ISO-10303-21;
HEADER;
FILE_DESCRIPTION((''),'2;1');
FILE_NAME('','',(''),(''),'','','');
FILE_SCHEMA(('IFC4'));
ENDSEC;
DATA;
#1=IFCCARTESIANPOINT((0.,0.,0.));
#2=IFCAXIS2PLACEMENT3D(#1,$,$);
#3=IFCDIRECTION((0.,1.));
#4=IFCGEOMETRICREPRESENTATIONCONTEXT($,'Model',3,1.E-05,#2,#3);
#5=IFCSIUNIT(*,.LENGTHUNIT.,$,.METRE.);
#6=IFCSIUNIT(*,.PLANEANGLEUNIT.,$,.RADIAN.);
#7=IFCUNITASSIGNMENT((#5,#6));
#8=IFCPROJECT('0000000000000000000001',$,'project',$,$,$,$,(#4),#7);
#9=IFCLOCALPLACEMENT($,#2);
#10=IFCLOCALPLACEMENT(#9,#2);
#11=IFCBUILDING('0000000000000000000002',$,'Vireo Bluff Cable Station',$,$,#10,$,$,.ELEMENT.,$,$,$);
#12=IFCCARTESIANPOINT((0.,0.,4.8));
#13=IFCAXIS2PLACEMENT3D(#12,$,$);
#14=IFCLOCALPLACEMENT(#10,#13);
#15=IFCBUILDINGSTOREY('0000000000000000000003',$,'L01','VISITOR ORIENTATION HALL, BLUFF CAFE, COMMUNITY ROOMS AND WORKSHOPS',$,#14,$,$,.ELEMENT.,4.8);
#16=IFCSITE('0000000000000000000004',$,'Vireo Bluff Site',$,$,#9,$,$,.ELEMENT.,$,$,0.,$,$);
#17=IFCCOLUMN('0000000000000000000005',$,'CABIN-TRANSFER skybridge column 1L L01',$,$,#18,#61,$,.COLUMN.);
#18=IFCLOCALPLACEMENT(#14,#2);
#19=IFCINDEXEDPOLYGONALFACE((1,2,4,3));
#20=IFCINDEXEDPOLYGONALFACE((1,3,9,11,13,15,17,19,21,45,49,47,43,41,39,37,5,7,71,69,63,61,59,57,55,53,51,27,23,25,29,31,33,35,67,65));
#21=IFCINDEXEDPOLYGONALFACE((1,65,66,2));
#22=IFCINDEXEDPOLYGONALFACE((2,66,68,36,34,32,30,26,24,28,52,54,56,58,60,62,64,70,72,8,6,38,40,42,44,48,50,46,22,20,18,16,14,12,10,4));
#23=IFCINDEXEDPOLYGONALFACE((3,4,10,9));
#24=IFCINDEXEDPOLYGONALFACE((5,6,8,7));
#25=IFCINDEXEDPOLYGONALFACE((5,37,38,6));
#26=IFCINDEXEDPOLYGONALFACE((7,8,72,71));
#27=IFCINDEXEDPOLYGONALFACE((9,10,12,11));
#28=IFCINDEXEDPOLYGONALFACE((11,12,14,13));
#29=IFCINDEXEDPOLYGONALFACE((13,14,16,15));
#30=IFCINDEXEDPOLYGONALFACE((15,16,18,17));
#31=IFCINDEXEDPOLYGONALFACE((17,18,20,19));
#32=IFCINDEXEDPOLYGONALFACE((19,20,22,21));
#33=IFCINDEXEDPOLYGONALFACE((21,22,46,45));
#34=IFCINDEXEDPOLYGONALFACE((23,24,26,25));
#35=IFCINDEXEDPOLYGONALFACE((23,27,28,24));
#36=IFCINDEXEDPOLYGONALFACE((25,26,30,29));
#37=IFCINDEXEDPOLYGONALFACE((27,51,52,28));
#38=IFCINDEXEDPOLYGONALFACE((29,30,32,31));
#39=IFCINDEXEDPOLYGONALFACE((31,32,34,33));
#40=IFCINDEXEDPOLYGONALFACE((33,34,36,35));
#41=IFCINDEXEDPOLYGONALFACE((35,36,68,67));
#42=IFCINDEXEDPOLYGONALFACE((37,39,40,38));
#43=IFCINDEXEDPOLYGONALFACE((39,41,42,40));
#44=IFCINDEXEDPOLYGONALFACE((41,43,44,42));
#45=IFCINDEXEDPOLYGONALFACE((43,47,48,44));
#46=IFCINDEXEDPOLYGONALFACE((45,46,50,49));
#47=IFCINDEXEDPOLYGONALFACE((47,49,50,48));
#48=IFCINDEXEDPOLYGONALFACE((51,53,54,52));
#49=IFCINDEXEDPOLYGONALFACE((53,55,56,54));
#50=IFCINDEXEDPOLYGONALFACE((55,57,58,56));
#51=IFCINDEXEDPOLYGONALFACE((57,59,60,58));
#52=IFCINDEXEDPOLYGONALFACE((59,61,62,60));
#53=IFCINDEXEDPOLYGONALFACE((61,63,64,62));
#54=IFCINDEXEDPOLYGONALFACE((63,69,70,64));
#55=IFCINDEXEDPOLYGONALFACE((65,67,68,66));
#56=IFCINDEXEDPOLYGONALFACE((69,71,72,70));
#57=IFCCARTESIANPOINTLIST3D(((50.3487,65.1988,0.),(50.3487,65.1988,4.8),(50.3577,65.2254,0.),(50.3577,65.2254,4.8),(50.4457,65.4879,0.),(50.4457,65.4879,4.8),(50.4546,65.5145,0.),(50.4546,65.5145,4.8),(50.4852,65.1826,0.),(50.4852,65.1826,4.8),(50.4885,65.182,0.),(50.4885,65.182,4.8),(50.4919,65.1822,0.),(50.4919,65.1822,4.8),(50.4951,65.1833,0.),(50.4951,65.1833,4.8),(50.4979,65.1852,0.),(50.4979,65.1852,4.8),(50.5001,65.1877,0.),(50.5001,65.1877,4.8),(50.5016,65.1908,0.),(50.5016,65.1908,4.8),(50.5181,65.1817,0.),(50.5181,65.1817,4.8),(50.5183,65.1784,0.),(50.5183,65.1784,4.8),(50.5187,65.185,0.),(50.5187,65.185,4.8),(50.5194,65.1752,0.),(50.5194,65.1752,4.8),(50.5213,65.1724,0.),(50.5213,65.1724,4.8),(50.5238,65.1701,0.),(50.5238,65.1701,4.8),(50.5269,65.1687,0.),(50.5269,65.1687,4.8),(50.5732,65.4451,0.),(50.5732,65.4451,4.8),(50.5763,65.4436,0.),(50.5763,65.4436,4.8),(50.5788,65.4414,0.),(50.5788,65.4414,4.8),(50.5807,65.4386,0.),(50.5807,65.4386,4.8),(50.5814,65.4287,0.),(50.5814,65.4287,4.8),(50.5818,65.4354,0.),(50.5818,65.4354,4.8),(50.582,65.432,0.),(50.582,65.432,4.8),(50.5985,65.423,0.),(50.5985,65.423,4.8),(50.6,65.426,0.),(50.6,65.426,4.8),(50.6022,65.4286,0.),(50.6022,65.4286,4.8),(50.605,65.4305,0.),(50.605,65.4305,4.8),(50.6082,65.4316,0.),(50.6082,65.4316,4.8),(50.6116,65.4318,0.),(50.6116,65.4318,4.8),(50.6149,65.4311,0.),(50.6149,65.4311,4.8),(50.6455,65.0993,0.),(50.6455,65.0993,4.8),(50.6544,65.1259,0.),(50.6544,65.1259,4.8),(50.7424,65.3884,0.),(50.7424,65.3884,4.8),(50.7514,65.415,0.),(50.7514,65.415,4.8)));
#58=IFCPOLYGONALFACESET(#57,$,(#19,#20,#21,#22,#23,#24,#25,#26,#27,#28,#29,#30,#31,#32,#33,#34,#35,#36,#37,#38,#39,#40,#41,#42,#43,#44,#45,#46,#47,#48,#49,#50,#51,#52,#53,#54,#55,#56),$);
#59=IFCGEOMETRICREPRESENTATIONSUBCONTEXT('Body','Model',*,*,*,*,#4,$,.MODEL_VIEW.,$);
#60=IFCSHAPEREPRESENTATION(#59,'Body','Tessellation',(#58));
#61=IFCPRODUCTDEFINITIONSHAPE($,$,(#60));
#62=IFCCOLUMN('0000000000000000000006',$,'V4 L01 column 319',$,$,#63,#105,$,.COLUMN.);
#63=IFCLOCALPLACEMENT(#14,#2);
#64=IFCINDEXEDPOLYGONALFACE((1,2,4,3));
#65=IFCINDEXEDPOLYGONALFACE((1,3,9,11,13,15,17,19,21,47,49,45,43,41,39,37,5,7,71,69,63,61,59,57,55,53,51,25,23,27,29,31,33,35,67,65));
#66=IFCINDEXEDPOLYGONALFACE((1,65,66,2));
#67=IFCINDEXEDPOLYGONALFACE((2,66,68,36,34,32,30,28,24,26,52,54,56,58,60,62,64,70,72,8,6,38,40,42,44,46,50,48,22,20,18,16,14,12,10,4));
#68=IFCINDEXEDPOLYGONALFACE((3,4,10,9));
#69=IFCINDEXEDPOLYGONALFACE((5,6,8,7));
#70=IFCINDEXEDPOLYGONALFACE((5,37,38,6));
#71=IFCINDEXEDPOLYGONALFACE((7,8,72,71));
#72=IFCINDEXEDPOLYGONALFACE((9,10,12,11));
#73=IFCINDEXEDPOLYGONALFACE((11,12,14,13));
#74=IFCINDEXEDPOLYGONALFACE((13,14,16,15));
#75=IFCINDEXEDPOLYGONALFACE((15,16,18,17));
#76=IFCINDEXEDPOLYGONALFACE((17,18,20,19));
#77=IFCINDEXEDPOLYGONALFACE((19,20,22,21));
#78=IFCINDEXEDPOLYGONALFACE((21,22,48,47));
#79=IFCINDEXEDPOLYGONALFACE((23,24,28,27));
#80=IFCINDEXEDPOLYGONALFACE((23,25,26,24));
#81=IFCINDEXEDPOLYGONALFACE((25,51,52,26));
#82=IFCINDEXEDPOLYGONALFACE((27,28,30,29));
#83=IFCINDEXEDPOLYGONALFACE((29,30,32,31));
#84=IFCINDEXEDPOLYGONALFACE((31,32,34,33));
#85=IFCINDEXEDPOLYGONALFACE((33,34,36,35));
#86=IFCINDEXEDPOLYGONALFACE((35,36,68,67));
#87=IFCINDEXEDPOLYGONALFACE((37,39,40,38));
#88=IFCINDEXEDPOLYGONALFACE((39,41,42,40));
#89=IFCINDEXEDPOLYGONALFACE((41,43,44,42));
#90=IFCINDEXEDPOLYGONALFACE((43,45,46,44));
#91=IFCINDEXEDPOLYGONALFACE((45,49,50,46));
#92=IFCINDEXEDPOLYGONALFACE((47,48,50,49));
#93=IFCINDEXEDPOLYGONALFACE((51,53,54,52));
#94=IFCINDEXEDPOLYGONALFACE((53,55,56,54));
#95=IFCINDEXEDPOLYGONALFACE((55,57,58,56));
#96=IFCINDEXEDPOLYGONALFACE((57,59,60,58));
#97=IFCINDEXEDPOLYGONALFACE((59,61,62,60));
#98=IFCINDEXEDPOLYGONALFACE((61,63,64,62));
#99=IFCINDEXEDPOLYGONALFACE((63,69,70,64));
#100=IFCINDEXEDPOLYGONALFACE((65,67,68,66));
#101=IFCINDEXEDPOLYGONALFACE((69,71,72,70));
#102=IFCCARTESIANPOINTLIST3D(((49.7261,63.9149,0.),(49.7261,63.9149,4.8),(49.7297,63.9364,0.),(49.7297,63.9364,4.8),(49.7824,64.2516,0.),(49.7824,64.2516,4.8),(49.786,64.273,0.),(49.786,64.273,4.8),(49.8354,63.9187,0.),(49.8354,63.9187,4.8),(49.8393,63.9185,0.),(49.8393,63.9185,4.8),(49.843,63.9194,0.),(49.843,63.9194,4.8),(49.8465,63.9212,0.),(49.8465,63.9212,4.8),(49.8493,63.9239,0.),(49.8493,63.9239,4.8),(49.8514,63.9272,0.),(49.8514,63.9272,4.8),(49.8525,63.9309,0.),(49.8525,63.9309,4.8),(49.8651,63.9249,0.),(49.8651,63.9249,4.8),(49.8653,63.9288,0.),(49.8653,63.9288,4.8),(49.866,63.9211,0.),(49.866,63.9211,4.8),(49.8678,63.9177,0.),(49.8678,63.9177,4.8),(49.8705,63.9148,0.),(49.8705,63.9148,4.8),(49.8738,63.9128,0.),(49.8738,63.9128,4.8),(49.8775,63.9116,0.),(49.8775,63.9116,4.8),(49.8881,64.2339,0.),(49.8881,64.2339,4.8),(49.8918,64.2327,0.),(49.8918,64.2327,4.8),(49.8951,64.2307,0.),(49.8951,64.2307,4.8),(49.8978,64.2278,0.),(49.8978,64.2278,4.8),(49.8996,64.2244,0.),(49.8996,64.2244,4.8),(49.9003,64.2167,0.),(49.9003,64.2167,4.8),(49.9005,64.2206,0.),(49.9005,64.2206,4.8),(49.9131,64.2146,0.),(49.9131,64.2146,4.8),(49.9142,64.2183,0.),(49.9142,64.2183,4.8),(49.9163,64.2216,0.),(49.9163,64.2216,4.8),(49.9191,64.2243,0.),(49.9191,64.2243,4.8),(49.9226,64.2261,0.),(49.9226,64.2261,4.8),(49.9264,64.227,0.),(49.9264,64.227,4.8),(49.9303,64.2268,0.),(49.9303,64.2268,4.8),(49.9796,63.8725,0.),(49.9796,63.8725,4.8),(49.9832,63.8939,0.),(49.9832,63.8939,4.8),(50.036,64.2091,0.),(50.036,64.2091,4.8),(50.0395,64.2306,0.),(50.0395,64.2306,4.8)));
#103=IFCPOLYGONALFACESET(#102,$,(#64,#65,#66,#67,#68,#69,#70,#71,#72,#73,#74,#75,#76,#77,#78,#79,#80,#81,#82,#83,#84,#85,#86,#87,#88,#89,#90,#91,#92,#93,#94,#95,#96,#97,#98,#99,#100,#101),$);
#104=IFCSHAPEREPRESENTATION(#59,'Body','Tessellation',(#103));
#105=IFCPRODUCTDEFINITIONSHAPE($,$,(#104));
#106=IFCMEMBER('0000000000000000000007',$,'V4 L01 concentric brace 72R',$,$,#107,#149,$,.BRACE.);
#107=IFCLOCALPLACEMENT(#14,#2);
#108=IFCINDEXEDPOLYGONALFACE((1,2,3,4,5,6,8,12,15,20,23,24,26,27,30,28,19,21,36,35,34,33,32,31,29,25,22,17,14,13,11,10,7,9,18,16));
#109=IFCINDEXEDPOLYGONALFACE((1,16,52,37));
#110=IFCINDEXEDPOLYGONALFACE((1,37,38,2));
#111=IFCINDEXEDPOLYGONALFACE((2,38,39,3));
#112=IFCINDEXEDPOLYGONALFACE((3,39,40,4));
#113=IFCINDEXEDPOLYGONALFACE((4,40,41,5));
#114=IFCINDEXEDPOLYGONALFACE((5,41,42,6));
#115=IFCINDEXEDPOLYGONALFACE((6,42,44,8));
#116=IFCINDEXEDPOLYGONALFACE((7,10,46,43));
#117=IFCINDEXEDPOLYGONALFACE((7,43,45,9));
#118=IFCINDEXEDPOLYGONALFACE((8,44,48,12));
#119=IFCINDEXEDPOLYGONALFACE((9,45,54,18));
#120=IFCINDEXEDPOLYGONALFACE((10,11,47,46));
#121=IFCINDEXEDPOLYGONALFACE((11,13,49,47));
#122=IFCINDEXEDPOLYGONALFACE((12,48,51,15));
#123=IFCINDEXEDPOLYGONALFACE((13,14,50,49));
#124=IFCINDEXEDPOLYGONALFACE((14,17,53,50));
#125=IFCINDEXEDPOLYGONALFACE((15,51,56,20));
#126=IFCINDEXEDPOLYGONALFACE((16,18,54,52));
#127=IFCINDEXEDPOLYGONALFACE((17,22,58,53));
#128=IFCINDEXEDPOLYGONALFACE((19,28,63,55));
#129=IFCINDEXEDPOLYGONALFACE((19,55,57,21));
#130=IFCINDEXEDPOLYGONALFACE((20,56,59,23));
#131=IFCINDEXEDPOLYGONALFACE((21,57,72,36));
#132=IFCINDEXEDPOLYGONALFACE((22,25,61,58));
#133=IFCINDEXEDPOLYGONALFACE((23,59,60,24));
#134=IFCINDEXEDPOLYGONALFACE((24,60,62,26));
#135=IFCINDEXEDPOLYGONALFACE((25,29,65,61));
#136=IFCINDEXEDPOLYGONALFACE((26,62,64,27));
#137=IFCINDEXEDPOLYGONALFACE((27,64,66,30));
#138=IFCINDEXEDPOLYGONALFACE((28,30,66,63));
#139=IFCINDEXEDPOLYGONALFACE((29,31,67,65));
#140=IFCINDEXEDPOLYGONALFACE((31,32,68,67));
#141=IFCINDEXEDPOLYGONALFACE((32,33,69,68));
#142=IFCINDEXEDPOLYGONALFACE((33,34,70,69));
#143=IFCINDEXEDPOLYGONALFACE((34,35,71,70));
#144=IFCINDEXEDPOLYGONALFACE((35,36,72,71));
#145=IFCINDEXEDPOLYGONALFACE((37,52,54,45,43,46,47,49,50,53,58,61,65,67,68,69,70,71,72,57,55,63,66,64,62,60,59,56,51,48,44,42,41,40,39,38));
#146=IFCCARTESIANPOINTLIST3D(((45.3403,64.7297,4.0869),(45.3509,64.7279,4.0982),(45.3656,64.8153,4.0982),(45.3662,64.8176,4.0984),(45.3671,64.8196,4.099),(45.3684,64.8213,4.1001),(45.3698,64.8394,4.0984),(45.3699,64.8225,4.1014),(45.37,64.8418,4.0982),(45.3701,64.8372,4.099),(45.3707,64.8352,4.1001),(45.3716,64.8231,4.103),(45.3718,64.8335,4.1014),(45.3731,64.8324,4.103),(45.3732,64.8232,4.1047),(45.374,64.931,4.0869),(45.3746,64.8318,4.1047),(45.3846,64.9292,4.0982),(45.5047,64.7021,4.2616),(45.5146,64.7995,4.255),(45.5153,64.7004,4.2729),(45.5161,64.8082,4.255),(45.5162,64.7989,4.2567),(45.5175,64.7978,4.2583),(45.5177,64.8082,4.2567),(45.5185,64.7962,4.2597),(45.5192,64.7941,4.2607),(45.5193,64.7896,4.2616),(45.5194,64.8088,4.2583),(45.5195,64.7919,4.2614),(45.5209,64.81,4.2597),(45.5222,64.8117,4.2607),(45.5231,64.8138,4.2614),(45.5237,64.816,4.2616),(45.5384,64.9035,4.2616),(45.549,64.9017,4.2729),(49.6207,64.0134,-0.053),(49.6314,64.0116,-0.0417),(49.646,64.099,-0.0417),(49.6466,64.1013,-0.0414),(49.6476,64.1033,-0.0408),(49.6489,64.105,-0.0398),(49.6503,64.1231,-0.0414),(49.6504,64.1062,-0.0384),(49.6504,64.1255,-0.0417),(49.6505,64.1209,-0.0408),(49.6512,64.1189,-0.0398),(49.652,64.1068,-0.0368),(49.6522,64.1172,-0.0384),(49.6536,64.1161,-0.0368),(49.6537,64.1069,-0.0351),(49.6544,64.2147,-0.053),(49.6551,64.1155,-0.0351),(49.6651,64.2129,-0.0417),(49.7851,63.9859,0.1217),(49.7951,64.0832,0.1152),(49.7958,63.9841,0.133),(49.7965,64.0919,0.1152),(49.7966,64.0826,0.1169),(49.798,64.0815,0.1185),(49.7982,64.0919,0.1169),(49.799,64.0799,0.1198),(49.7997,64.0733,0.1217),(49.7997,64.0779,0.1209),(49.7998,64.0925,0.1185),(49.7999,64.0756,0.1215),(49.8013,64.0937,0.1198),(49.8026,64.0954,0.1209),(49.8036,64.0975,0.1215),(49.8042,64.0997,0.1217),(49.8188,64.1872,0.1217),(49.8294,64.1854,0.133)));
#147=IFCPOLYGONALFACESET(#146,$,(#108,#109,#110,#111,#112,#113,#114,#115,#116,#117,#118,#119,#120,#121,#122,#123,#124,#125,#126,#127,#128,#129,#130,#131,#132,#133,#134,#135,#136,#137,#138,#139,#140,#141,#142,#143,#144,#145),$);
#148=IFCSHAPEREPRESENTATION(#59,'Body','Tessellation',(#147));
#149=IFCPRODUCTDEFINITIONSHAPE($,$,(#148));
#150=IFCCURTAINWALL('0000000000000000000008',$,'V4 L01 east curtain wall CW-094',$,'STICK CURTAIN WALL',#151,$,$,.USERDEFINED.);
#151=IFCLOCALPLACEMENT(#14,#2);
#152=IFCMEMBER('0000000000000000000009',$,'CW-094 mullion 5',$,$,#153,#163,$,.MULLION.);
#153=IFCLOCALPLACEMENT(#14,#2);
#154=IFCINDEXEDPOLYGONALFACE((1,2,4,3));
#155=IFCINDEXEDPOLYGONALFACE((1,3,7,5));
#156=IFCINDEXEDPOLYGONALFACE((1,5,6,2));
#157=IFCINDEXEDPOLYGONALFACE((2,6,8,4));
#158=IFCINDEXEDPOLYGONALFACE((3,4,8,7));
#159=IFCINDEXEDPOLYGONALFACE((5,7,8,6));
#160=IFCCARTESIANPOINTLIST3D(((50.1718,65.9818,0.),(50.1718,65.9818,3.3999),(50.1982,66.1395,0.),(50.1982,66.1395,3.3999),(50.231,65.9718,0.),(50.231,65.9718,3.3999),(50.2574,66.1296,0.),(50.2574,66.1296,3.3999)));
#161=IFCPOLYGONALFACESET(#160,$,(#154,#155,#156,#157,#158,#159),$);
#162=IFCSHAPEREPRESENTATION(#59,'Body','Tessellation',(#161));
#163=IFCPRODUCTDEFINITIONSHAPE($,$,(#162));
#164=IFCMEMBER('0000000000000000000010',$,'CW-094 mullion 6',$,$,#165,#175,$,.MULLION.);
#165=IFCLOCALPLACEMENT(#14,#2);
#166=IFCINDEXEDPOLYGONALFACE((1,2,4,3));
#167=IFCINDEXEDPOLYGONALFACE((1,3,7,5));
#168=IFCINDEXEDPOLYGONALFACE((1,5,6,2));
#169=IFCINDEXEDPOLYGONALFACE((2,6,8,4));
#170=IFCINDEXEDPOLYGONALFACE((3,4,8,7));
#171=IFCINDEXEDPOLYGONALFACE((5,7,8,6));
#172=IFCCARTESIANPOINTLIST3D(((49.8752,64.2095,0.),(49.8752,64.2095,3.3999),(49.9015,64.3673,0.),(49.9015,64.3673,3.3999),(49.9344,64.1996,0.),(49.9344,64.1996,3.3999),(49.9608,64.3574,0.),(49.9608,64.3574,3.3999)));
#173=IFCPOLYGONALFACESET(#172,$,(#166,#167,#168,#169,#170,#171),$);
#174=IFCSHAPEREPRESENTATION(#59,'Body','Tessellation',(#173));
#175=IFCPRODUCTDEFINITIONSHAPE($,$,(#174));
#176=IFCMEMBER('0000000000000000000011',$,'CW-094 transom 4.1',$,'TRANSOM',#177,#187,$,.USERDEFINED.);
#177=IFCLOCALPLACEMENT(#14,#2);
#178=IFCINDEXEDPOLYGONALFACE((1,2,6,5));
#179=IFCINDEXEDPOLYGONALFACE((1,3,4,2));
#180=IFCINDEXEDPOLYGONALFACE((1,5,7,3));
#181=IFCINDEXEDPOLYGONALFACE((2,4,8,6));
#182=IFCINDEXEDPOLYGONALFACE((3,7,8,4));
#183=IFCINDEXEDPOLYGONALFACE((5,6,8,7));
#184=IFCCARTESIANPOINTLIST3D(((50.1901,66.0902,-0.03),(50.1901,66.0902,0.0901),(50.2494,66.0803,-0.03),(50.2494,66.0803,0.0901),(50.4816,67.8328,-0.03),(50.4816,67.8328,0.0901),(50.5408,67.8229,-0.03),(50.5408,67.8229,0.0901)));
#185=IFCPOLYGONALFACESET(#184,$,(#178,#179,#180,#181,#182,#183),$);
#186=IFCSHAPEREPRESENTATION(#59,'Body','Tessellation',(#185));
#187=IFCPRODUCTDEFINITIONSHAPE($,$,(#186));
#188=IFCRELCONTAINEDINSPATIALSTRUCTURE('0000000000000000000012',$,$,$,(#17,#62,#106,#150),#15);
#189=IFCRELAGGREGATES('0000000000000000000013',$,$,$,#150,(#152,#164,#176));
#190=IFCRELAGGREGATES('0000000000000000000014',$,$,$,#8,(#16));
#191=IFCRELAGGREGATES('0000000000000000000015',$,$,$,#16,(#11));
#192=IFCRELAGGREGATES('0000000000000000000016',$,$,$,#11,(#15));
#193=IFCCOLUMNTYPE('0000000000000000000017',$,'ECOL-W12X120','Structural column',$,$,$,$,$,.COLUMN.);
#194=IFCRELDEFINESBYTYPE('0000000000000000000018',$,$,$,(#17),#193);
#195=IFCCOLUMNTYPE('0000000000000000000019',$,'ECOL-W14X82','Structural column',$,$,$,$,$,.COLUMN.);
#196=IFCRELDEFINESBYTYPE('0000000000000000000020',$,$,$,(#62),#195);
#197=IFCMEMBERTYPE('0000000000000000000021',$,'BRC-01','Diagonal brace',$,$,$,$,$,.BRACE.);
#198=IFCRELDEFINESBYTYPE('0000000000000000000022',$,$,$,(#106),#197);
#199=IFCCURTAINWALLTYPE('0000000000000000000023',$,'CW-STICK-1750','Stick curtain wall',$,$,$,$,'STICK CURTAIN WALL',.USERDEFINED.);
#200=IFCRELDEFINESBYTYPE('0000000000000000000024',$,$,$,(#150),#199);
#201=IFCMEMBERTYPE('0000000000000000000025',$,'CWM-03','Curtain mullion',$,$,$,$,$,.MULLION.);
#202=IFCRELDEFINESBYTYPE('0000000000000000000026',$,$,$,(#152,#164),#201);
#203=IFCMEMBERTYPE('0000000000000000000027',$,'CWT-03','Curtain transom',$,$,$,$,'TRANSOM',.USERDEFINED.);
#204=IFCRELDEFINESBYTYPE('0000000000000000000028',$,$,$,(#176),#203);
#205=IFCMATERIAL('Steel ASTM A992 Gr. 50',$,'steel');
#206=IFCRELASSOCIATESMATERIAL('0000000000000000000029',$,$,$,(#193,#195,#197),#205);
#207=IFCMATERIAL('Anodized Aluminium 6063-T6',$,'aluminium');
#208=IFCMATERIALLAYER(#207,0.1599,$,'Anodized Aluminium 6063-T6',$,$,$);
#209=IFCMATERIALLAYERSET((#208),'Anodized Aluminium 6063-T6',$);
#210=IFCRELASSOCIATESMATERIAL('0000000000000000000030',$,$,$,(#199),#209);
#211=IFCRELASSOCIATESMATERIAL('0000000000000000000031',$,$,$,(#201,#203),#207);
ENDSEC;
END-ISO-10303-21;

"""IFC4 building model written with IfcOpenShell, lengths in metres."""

from ifc_helpers import new_model, si_unit, direction, frame, origin, origin_2d, place, context, subcontext, project, spatial, rectangle, i_section, extrude, material, layer, layer_set, material_profile, profile_set, type_object, element, aggregate, save


model = new_model("IFC4")

# Units and contexts
model_context = context("Model", 3, precision=1e-05, world=origin(), true_north=direction((0.0, 1.0)))
body_context = subcontext(model_context, "Body", "Model", "MODEL_VIEW")
ifc_project = project(units=[si_unit("LENGTHUNIT", "METRE"), si_unit("PLANEANGLEUNIT", "RADIAN")], contexts=[model_context])

# Site, building, storey
site_placement = place(None, origin())
site = spatial("IfcSite", under=ifc_project, at=site_placement, Name="Vireo Bluff Site", CompositionType="ELEMENT", RefElevation=0.0)
building_placement = place(site_placement, origin())
building = spatial("IfcBuilding", under=site, at=building_placement, Name="Vireo Bluff Cable Station", CompositionType="ELEMENT")
storey_placement = place(building_placement, frame((0.0, 0.0, 4.8)))
storey = spatial("IfcBuildingStorey", under=building, at=storey_placement, Name="L01", Description="VISITOR ORIENTATION HALL, BLUFF CAFE, COMMUNITY ROOMS AND WORKSHOPS", CompositionType="ELEMENT", Elevation=4.8)

# Columns
ifc_material_1 = material(Name="Steel ASTM A992 Gr. 50", Category="steel")
ifc_material_profile_1 = material_profile(ifc_material_1, i_section(OverallWidth=0.313, OverallDepth=0.333, WebThickness=0.0181, FlangeThickness=0.0281, FilletRadius=0.0129, at=origin_2d()), Name="W12X120")
ifc_profile_set_1 = profile_set([ifc_material_profile_1], Name="Steel ASTM A992 Gr. 50")
column_type_1 = type_object("IfcColumnType", Name="ECOL-W12X120", Description="Structural column", PredefinedType="COLUMN", material=ifc_profile_set_1)
column_1_placement = place(storey_placement, frame((50.55, 65.3069, 0.0), z_axis=(0.0, 0.0, 1.0), x_axis=(0.948105, -0.317958, 0.0)))
element("IfcColumn", 1, at=column_1_placement, inside=storey, type_object=column_type_1, Name="CABIN-TRANSFER skybridge column 1L L01", PredefinedType="COLUMN", context=body_context, shape_type="SweptSolid", body=[
    extrude(i_section(OverallWidth=0.313, OverallDepth=0.333, WebThickness=0.0181, FlangeThickness=0.0281, FilletRadius=0.0129, at=origin_2d()), origin(), (0.0, 0.0, 1.0), 4.8),
])
ifc_material_profile_2 = material_profile(ifc_material_1, i_section(OverallWidth=0.2571, OverallDepth=0.363, WebThickness=0.0129, FlangeThickness=0.0217, FilletRadius=0.0149, at=origin_2d()), Name="W14X82")
ifc_profile_set_2 = profile_set([ifc_material_profile_2], Name="Steel ASTM A992 Gr. 50")
column_type_2 = type_object("IfcColumnType", Name="ECOL-W14X82", Description="Structural column", PredefinedType="COLUMN", material=ifc_profile_set_2)
column_2_placement = place(storey_placement, frame((49.8828, 64.0728, 0.0), z_axis=(0.0, 0.0, 1.0), x_axis=(0.986286, -0.165048, 0.0)))
element("IfcColumn", 2, at=column_2_placement, inside=storey, type_object=column_type_2, Name="V4 L01 column 319", PredefinedType="COLUMN", context=body_context, shape_type="SweptSolid", body=[
    extrude(i_section(OverallWidth=0.2571, OverallDepth=0.363, WebThickness=0.0129, FlangeThickness=0.0217, FilletRadius=0.0149, at=origin_2d()), origin(), (0.0, 0.0, 1.0), 4.8),
])

# Member
ifc_material_profile_3 = material_profile(ifc_material_1, i_section(OverallWidth=0.2041, OverallDepth=0.2571, WebThickness=0.0088, FlangeThickness=0.0156, FilletRadius=0.009, at=origin_2d()), Name="W10X45")
ifc_profile_set_3 = profile_set([ifc_material_profile_3], Name="Steel ASTM A992 Gr. 50")
member_type_1 = type_object("IfcMemberType", Name="BRC-01", Description="Diagonal brace", PredefinedType="BRACE", material=ifc_profile_set_3)
member_1_placement = place(storey_placement, frame((49.7251, 64.0994, 0.04), z_axis=(-0.713671, 0.119427, 0.690225), x_axis=(-0.165047, -0.986286, 0.0)))
element("IfcMember", 3, at=member_1_placement, inside=storey, type_object=member_type_1, Name="V4 L01 concentric brace 72R", PredefinedType="BRACE", context=body_context, shape_type="SweptSolid", body=[
    extrude(i_section(OverallWidth=0.2041, OverallDepth=0.2571, WebThickness=0.0088, FlangeThickness=0.0156, FilletRadius=0.009, at=origin_2d()), origin(), (0.0, 0.0, 1.0), 5.9978),
])

# Curtain wall, members
ifc_material_2 = material(Name="Anodized Aluminium 6063-T6", Category="aluminium")
ifc_layer_1 = layer(ifc_material_2, 0.1599, Name="Anodized Aluminium 6063-T6")
ifc_layer_set_1 = layer_set([ifc_layer_1], Name="Anodized Aluminium 6063-T6")
curtain_wall_type = type_object("IfcCurtainWallType", Name="CW-STICK-1750", Description="Stick curtain wall", ElementType="STICK CURTAIN WALL", PredefinedType="USERDEFINED", material=ifc_layer_set_1)
curtain_wall_placement = place(storey_placement, origin())
curtain_wall = element("IfcCurtainWall", 4, at=curtain_wall_placement, inside=storey, type_object=curtain_wall_type, Name="V4 L01 east curtain wall CW-094", ObjectType="STICK CURTAIN WALL", PredefinedType="USERDEFINED")
ifc_material_profile_4 = material_profile(ifc_material_2, rectangle(XDim=0.0601, YDim=0.1599, at=origin_2d()), Name="ALU-M-60X160")
ifc_profile_set_4 = profile_set([ifc_material_profile_4], Name="Anodized Aluminium 6063-T6")
member_type_2 = type_object("IfcMemberType", Name="CWM-03", Description="Curtain mullion", PredefinedType="MULLION", material=ifc_profile_set_4)
member_2_placement = place(storey_placement, frame((50.2146, 66.0557, 0.0), z_axis=(0.0, 0.0, 1.0), x_axis=(0.986286, -0.165048, 0.0)))
member_2 = element("IfcMember", 5, at=member_2_placement, type_object=member_type_2, Name="CW-094 mullion 5", PredefinedType="MULLION", context=body_context, shape_type="SweptSolid", body=[
    extrude(rectangle(XDim=0.0601, YDim=0.1599, at=origin_2d()), origin(), (0.0, 0.0, 1.0), 3.3999),
])
member_3_placement = place(storey_placement, frame((49.918, 64.2834, 0.0), z_axis=(0.0, 0.0, 1.0), x_axis=(0.986286, -0.165048, 0.0)))
member_3 = element("IfcMember", 6, at=member_3_placement, type_object=member_type_2, Name="CW-094 mullion 6", PredefinedType="MULLION", context=body_context, shape_type="SweptSolid", body=[
    extrude(rectangle(XDim=0.0601, YDim=0.1599, at=origin_2d()), origin(), (0.0, 0.0, 1.0), 3.3999),
])
ifc_material_profile_5 = material_profile(ifc_material_2, rectangle(XDim=0.0601, YDim=0.1201, at=origin_2d()), Name="ALU-T-60X120")
ifc_profile_set_5 = profile_set([ifc_material_profile_5], Name="Anodized Aluminium 6063-T6")
member_type_3 = type_object("IfcMemberType", Name="CWT-03", Description="Curtain transom", ElementType="TRANSOM", PredefinedType="USERDEFINED", material=ifc_profile_set_5)
member_4_placement = place(storey_placement, frame((50.5112, 67.8279, 0.03), z_axis=(-0.164982, -0.986297, 0.0), x_axis=(0.986297, -0.164982, 0.0)))
member_4 = element("IfcMember", 7, at=member_4_placement, type_object=member_type_3, Name="CW-094 transom 4.1", ObjectType="TRANSOM", PredefinedType="USERDEFINED", context=body_context, shape_type="SweptSolid", body=[
    extrude(rectangle(XDim=0.0601, YDim=0.1201, at=origin_2d()), origin(), (0.0, 0.0, 1.0), 1.7668),
])

aggregate(curtain_wall, [member_2, member_3, member_4])

save(model, "model.ifc")
